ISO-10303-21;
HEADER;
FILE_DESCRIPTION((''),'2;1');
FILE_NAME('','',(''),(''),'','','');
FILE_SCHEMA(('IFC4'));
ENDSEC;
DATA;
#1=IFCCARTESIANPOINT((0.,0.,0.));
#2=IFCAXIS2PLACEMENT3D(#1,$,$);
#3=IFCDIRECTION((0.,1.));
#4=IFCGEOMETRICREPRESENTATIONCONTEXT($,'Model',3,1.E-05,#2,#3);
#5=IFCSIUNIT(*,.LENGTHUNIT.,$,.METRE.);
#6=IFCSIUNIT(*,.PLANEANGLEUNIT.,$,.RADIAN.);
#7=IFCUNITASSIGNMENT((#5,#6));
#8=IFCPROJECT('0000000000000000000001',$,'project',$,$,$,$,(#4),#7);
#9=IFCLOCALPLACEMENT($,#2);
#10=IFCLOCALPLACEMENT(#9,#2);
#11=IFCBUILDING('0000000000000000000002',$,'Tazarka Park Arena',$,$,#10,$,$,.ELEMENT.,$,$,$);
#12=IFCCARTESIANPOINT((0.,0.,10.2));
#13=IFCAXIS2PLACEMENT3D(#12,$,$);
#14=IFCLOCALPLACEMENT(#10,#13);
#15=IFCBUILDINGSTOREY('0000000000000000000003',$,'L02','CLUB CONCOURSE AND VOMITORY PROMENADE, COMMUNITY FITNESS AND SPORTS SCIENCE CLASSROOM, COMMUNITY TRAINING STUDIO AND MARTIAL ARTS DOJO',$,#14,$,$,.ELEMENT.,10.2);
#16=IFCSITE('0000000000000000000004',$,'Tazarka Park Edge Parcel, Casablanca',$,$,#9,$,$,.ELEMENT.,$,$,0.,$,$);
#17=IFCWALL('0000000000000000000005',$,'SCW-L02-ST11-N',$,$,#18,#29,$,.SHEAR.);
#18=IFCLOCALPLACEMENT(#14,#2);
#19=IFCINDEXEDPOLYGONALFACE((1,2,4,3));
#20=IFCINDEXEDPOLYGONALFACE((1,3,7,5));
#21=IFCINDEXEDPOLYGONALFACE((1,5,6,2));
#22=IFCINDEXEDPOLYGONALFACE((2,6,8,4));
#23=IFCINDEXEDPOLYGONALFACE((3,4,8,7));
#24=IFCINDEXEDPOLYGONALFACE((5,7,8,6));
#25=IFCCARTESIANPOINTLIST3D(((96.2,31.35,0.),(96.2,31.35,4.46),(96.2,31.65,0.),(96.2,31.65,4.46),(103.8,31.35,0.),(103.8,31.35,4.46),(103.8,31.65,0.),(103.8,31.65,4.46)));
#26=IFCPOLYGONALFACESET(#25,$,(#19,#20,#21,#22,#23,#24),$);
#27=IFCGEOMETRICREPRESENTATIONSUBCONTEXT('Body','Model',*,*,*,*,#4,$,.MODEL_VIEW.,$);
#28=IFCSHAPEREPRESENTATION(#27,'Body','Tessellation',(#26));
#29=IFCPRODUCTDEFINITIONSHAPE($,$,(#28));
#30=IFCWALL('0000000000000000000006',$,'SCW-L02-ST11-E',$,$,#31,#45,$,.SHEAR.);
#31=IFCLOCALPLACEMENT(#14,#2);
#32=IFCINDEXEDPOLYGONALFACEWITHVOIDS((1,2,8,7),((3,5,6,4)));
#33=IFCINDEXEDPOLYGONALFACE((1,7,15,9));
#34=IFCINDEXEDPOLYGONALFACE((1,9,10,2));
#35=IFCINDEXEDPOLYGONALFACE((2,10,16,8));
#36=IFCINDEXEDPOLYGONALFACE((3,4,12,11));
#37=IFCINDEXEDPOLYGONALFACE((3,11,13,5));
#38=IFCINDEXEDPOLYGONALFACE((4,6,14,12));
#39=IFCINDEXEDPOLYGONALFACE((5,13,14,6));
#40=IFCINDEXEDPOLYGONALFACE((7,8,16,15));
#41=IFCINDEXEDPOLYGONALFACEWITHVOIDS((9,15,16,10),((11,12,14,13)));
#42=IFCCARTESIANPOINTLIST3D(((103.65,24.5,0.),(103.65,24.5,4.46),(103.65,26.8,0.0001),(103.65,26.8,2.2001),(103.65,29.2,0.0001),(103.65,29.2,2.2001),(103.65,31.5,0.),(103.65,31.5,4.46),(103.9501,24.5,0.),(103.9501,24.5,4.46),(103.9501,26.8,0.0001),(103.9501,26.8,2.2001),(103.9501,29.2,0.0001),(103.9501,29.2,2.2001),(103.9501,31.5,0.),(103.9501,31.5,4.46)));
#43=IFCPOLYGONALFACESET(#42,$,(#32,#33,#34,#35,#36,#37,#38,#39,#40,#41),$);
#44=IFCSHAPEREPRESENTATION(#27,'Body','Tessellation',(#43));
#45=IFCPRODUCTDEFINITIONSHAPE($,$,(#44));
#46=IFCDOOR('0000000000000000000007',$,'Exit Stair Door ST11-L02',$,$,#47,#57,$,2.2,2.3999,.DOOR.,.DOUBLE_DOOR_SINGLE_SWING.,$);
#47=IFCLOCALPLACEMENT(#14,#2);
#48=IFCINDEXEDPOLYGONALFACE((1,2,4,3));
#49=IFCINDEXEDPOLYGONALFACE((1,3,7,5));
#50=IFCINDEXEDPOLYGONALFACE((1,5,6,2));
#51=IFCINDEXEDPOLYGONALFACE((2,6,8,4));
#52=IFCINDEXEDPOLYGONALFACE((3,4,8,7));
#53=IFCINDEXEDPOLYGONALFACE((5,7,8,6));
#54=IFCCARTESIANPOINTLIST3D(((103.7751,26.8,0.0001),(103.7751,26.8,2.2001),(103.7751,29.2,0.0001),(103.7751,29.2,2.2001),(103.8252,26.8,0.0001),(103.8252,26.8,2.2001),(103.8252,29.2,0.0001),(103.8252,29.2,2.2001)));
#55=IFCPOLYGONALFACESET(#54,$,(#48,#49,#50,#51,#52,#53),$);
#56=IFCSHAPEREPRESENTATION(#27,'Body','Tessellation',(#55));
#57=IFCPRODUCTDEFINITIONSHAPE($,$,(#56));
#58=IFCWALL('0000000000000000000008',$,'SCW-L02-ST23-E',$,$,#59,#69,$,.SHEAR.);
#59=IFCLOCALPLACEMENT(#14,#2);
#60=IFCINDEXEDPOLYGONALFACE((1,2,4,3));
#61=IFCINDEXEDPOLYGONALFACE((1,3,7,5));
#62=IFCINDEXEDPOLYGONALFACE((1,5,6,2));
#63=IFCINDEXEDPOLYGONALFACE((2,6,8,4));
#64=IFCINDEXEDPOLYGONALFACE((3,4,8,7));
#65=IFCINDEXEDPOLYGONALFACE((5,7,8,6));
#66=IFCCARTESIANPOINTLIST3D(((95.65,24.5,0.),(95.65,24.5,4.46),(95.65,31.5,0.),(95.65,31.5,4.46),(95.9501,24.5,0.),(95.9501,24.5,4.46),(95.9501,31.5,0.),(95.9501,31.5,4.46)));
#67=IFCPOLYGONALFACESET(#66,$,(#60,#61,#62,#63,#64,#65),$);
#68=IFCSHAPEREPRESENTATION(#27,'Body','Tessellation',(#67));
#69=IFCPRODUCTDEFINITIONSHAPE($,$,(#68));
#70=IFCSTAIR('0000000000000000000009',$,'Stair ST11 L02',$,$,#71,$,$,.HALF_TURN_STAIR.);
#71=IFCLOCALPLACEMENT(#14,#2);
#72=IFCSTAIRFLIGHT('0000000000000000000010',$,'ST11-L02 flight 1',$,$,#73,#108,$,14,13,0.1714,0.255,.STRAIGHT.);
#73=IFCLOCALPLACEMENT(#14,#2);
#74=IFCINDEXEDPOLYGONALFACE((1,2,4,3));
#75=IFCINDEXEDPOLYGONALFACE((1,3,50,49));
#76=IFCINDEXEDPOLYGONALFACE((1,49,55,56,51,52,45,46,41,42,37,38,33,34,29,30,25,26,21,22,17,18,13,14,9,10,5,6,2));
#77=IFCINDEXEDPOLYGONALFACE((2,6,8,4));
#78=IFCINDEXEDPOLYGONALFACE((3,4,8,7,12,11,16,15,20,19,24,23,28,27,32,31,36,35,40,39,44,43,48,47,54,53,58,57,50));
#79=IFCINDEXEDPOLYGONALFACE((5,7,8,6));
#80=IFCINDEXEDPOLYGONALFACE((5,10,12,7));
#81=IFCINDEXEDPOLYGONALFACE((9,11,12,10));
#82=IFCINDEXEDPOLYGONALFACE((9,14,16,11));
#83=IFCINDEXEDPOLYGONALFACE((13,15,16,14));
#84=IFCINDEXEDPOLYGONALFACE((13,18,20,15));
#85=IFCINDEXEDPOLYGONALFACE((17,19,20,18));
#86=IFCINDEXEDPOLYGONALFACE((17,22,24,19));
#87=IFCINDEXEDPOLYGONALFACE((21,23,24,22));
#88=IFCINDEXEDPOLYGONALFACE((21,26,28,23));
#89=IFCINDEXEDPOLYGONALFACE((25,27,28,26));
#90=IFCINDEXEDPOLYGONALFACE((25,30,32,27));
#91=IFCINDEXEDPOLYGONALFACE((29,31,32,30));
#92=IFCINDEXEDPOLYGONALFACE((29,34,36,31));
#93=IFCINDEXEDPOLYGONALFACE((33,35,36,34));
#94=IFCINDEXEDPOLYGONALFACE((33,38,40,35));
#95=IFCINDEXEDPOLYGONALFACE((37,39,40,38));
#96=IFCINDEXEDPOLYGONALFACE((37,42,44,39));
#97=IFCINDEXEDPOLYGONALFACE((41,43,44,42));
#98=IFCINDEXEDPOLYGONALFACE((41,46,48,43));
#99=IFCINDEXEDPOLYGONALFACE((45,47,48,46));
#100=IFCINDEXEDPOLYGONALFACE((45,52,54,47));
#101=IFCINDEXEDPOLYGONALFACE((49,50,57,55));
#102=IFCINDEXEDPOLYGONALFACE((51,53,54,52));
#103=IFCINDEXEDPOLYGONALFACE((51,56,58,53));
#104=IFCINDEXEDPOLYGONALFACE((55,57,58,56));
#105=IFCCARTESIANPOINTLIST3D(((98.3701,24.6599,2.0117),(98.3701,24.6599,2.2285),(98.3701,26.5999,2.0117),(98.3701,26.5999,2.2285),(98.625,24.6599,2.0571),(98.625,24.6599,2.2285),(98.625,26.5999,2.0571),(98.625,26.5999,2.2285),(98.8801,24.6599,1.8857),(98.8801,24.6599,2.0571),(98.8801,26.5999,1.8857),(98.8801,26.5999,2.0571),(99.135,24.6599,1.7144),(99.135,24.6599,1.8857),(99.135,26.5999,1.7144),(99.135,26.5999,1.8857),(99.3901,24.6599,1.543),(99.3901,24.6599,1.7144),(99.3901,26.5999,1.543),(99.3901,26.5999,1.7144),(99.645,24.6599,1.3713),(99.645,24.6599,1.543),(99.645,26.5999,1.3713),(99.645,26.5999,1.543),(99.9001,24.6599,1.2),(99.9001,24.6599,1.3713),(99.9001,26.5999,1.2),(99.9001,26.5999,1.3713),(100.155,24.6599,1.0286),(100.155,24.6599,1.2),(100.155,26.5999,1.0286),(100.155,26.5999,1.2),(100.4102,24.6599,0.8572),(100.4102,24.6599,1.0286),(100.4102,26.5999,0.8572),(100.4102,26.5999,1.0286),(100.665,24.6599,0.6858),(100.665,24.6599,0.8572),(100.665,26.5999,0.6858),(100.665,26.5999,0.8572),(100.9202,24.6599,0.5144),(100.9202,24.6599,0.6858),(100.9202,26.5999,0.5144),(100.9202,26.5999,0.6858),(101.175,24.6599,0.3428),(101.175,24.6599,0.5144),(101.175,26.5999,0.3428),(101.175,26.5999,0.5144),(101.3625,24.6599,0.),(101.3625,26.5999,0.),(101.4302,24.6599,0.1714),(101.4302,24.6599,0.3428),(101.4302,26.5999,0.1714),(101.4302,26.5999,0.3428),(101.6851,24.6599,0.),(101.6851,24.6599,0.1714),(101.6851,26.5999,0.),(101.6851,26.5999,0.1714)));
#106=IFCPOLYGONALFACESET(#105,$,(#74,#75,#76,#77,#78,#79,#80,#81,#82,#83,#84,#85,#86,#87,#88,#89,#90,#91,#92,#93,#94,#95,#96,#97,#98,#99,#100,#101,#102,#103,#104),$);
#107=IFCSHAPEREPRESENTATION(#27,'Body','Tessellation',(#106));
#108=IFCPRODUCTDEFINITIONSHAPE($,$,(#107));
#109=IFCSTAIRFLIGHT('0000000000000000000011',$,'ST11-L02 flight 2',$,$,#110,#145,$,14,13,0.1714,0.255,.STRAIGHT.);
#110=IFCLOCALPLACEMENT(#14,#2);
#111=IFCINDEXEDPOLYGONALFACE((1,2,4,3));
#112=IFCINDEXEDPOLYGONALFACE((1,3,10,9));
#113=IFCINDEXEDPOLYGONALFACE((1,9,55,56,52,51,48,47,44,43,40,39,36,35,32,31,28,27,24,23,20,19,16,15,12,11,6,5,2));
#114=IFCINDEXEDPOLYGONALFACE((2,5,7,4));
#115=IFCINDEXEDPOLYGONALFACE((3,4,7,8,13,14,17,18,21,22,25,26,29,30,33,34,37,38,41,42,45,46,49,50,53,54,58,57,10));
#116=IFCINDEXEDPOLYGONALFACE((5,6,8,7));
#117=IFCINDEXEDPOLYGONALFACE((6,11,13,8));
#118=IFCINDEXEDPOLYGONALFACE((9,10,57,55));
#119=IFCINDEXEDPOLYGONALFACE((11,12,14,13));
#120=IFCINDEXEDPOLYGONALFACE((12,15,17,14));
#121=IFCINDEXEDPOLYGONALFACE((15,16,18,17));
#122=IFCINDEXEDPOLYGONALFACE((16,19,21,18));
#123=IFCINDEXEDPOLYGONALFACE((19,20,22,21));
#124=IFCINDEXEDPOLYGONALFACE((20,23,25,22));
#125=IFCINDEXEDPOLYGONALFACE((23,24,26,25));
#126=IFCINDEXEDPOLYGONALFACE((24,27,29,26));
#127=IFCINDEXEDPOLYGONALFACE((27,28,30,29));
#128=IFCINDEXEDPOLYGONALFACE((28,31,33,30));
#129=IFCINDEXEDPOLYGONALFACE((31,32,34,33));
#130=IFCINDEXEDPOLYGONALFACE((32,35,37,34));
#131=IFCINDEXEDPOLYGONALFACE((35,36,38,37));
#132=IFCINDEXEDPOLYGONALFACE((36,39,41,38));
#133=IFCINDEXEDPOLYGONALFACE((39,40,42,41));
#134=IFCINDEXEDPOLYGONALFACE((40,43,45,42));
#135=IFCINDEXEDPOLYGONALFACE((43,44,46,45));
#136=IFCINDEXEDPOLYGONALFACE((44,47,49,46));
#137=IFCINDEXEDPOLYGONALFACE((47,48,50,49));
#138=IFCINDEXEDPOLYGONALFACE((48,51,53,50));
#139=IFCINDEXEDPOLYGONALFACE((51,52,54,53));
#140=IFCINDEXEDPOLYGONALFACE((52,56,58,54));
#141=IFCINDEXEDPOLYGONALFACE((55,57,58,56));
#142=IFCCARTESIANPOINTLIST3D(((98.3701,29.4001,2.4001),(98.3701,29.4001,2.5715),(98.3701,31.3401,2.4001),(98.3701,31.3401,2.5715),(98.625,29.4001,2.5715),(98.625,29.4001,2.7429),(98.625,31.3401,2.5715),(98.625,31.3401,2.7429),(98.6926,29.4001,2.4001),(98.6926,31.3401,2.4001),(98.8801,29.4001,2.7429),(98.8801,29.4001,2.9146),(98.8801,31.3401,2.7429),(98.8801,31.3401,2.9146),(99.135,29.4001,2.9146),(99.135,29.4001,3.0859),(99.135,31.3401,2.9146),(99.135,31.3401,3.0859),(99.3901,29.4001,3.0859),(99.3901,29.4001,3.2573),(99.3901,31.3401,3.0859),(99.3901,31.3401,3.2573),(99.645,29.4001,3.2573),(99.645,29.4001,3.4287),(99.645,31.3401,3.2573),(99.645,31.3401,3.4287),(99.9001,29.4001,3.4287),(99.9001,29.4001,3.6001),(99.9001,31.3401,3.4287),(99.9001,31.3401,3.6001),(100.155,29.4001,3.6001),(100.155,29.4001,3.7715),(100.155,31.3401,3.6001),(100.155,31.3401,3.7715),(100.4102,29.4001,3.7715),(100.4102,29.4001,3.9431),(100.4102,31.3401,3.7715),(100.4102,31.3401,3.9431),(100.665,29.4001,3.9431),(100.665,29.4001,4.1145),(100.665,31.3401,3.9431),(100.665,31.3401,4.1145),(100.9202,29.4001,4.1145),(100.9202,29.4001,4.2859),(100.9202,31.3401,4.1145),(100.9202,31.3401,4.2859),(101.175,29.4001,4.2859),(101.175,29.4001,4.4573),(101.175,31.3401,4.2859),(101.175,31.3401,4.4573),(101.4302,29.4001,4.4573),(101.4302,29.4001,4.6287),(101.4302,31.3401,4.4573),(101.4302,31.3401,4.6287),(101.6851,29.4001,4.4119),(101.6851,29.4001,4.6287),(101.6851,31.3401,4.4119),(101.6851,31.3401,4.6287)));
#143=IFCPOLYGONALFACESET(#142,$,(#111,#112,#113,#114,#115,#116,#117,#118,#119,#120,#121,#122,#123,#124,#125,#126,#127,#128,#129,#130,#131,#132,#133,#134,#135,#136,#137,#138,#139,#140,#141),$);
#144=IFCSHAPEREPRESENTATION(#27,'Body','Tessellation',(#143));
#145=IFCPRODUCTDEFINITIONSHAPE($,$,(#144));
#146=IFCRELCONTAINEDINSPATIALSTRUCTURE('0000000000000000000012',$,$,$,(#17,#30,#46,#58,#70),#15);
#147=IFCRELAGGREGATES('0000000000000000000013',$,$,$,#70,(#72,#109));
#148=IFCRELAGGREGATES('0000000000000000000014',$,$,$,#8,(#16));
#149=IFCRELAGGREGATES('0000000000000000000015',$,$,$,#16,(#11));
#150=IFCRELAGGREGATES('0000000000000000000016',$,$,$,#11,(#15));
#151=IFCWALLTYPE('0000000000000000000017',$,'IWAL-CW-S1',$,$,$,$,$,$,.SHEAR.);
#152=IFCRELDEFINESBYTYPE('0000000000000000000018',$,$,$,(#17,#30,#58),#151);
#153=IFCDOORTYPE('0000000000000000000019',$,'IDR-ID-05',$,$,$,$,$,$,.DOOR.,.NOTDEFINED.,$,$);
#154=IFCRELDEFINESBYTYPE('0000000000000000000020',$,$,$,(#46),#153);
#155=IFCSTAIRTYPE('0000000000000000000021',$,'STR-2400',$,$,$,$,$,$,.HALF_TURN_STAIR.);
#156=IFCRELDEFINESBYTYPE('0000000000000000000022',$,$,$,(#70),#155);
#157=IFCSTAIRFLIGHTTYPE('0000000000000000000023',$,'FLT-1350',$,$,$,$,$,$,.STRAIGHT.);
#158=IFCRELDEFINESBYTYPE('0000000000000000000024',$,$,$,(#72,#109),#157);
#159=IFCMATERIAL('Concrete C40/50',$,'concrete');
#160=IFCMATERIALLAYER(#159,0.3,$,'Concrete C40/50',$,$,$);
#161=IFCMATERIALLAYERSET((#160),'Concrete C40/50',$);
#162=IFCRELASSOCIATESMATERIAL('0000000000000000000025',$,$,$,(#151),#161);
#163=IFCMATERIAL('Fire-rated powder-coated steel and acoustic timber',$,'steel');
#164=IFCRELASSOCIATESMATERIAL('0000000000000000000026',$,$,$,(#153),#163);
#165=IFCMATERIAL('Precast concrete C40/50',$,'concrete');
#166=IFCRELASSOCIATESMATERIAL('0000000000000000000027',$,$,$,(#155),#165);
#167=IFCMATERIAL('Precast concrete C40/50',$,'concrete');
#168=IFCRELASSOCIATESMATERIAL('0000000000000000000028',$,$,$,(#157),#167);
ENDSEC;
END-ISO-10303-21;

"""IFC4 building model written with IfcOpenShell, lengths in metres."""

from ifc_helpers import new_model, si_unit, direction, frame, frame_2d, origin, place, context, subcontext, project, spatial, polyline, rectangle, outline, extrude, material, layer, layer_set, type_object, element, fill, aggregate, save


model = new_model("IFC4")

# Units and contexts
model_context = context("Model", 3, precision=1e-05, world=origin(), true_north=direction((0.0, 1.0)))
body_context = subcontext(model_context, "Body", "Model", "MODEL_VIEW")
ifc_project = project(units=[si_unit("LENGTHUNIT", "METRE"), si_unit("PLANEANGLEUNIT", "RADIAN")], contexts=[model_context])

# Site, building, storey
site_placement = place(None, origin())
site = spatial("IfcSite", under=ifc_project, at=site_placement, Name="Tazarka Park Edge Parcel, Casablanca", CompositionType="ELEMENT", RefElevation=0.0)
building_placement = place(site_placement, origin())
building = spatial("IfcBuilding", under=site, at=building_placement, Name="Tazarka Park Arena", CompositionType="ELEMENT")
storey_placement = place(building_placement, frame((0.0, 0.0, 10.2)))
storey = spatial("IfcBuildingStorey", under=building, at=storey_placement, Name="L02", Description="CLUB CONCOURSE AND VOMITORY PROMENADE, COMMUNITY FITNESS AND SPORTS SCIENCE CLASSROOM, COMMUNITY TRAINING STUDIO AND MARTIAL ARTS DOJO", CompositionType="ELEMENT", Elevation=10.2)

# Wall
ifc_material_1 = material(Name="Concrete C40/50", Category="concrete")
ifc_layer_1 = layer(ifc_material_1, 0.3, Name="Concrete C40/50")
ifc_layer_set_1 = layer_set([ifc_layer_1], Name="Concrete C40/50")
wall_type = type_object("IfcWallType", Name="IWAL-CW-S1", PredefinedType="SHEAR", material=ifc_layer_set_1)
wall_1_placement = place(storey_placement, frame((96.2, 31.5, 0.0), z_axis=(0.0, 0.0, 1.0), x_axis=(1.0, 0.0, 0.0)))
element("IfcWall", 1, at=wall_1_placement, inside=storey, type_object=wall_type, Name="SCW-L02-ST11-N", PredefinedType="SHEAR", context=body_context, shape_type="SweptSolid", body=[
    extrude(rectangle(XDim=7.6001, YDim=0.3, at=frame_2d((3.8, 0.0))), origin(), (0.0, 0.0, 1.0), 4.46),
])

# Wall, opening, door
wall_2_placement = place(storey_placement, frame((103.8, 31.5, 0.0), z_axis=(0.0, 0.0, 1.0), x_axis=(0.0, -1.0, 0.0)))
wall_2 = element("IfcWall", 2, at=wall_2_placement, inside=storey, type_object=wall_type, Name="SCW-L02-ST11-E", PredefinedType="SHEAR", context=body_context, shape_type="SweptSolid", body=[
    extrude(rectangle(XDim=7.0, YDim=0.3, at=frame_2d((3.5, 0.0))), origin(), (0.0, 0.0, 1.0), 4.46),
])
opening_placement = place(wall_2_placement, frame((2.3, 0.0, 0.0)))
opening = element("IfcOpeningElement", 3, at=opening_placement, cuts=wall_2, PredefinedType="OPENING", context=body_context, shape_type="SweptSolid", body=[
    extrude(rectangle(XDim=2.3999, YDim=2.2, at=frame_2d((1.2, 1.1001))), frame((0.0, 0.1602, 0.0), z_axis=(0.0, -1.0, 0.0), x_axis=(1.0, 0.0, 0.0)), (0.0, 0.0, 1.0), 0.3201),
])
ifc_material_2 = material(Name="Fire-rated powder-coated steel and acoustic timber", Category="steel")
door_type = type_object("IfcDoorType", Name="IDR-ID-05", OperationType="NOTDEFINED", PredefinedType="DOOR", material=ifc_material_2)
door_placement = place(opening_placement, frame((2.3999, 0.0, 0.0), z_axis=(0.0, 0.0, 1.0), x_axis=(-1.0, 0.0, 0.0)))
door = element("IfcDoor", 4, at=door_placement, inside=storey, type_object=door_type, Name="Exit Stair Door ST11-L02", OperationType="DOUBLE_DOOR_SINGLE_SWING", OverallHeight=2.2, OverallWidth=2.3999, PredefinedType="DOOR", context=body_context, shape_type="SweptSolid", body=[
    extrude(rectangle(XDim=2.3999, YDim=2.2, at=frame_2d((1.2, 1.1001))), frame((0.0, 0.0249, 0.0), z_axis=(0.0, -1.0, 0.0), x_axis=(1.0, 0.0, 0.0)), (0.0, 0.0, 1.0), 0.05),
])
fill(opening, door)

# Wall
wall_3_placement = place(storey_placement, frame((95.8, 31.5, 0.0), z_axis=(0.0, 0.0, 1.0), x_axis=(0.0, -1.0, 0.0)))
element("IfcWall", 5, at=wall_3_placement, inside=storey, type_object=wall_type, Name="SCW-L02-ST23-E", PredefinedType="SHEAR", context=body_context, shape_type="SweptSolid", body=[
    extrude(rectangle(XDim=7.0, YDim=0.3, at=frame_2d((3.5, 0.0))), origin(), (0.0, 0.0, 1.0), 4.46),
])

# Stair, stair flights
ifc_material_3 = material(Name="Precast concrete C40/50", Category="concrete")
stair_type_1 = type_object("IfcStairType", Name="STR-2400", PredefinedType="HALF_TURN_STAIR", material=ifc_material_3)
stair_1_placement = place(storey_placement, origin())
stair_1 = element("IfcStair", 6, at=stair_1_placement, inside=storey, type_object=stair_type_1, Name="Stair ST11 L02", PredefinedType="HALF_TURN_STAIR")
ifc_material_4 = material(Name="Precast concrete C40/50", Category="concrete")
stair_flight_type_1 = type_object("IfcStairFlightType", Name="FLT-1350", PredefinedType="STRAIGHT", material=ifc_material_4)
stair_flight_1_placement = place(storey_placement, frame((101.6851, 25.6299, 0.0), z_axis=(0.0, 0.0, 1.0), x_axis=(-1.0, 0.0, 0.0)))
stair_flight_1 = element("IfcStairFlight", 7, at=stair_flight_1_placement, type_object=stair_flight_type_1, Name="ST11-L02 flight 1", NumberOfRisers=14, NumberOfTreads=13, PredefinedType="STRAIGHT", RiserHeight=0.1714, TreadLength=0.255, context=body_context, shape_type="SweptSolid", body=[
    extrude(outline(polyline([(0.0, 0.0), (0.0, 0.1714), (0.2549, 0.1714), (0.2549, 0.3428), (0.51, 0.3428), (0.51, 0.5144), (0.7649, 0.5144), (0.7649, 0.6858), (1.02, 0.6858), (1.02, 0.8572), (1.2749, 0.8572), (1.2749, 1.0286), (1.53, 1.0286), (1.53, 1.2), (1.7849, 1.2), (1.7849, 1.3713), (2.04, 1.3713), (2.04, 1.543), (2.2949, 1.543), (2.2949, 1.7144), (2.55, 1.7144), (2.55, 1.8857), (2.8049, 1.8857), (2.8049, 2.0571), (3.0601, 2.0571), (3.0601, 2.2285), (3.3149, 2.2285), (3.3149, 2.3999), (3.3149, 2.0117), (0.3225, 0.0), (0.0, 0.0)])), frame((0.0, 0.97, 0.0), z_axis=(0.0, -1.0, 0.0), x_axis=(1.0, 0.0, 0.0)), (0.0, 0.0, 1.0), 1.9399),
])
stair_flight_2_placement = place(storey_placement, frame((98.3701, 30.3701, 2.4001), z_axis=(0.0, 0.0, 1.0), x_axis=(1.0, 0.0, 0.0)))
stair_flight_2 = element("IfcStairFlight", 8, at=stair_flight_2_placement, type_object=stair_flight_type_1, Name="ST11-L02 flight 2", NumberOfRisers=14, NumberOfTreads=13, PredefinedType="STRAIGHT", RiserHeight=0.1714, TreadLength=0.255, context=body_context, shape_type="SweptSolid", body=[
    extrude(outline(polyline([(0.0, 0.0), (0.0, 0.1714), (0.2549, 0.1714), (0.2549, 0.3428), (0.51, 0.3428), (0.51, 0.5144), (0.7649, 0.5144), (0.7649, 0.6858), (1.02, 0.6858), (1.02, 0.8572), (1.2749, 0.8572), (1.2749, 1.0286), (1.53, 1.0286), (1.53, 1.2), (1.7849, 1.2), (1.7849, 1.3713), (2.04, 1.3713), (2.04, 1.543), (2.2949, 1.543), (2.2949, 1.7144), (2.55, 1.7144), (2.55, 1.8857), (2.8049, 1.8857), (2.8049, 2.0571), (3.0601, 2.0571), (3.0601, 2.2285), (3.3149, 2.2285), (3.3149, 2.3999), (3.3149, 2.0117), (0.3225, 0.0), (0.0, 0.0)])), frame((0.0, 0.97, 0.0), z_axis=(0.0, -1.0, 0.0), x_axis=(1.0, 0.0, 0.0)), (0.0, 0.0, 1.0), 1.9399),
])
aggregate(stair_1, [stair_flight_1, stair_flight_2])

save(model, "model.ifc")
